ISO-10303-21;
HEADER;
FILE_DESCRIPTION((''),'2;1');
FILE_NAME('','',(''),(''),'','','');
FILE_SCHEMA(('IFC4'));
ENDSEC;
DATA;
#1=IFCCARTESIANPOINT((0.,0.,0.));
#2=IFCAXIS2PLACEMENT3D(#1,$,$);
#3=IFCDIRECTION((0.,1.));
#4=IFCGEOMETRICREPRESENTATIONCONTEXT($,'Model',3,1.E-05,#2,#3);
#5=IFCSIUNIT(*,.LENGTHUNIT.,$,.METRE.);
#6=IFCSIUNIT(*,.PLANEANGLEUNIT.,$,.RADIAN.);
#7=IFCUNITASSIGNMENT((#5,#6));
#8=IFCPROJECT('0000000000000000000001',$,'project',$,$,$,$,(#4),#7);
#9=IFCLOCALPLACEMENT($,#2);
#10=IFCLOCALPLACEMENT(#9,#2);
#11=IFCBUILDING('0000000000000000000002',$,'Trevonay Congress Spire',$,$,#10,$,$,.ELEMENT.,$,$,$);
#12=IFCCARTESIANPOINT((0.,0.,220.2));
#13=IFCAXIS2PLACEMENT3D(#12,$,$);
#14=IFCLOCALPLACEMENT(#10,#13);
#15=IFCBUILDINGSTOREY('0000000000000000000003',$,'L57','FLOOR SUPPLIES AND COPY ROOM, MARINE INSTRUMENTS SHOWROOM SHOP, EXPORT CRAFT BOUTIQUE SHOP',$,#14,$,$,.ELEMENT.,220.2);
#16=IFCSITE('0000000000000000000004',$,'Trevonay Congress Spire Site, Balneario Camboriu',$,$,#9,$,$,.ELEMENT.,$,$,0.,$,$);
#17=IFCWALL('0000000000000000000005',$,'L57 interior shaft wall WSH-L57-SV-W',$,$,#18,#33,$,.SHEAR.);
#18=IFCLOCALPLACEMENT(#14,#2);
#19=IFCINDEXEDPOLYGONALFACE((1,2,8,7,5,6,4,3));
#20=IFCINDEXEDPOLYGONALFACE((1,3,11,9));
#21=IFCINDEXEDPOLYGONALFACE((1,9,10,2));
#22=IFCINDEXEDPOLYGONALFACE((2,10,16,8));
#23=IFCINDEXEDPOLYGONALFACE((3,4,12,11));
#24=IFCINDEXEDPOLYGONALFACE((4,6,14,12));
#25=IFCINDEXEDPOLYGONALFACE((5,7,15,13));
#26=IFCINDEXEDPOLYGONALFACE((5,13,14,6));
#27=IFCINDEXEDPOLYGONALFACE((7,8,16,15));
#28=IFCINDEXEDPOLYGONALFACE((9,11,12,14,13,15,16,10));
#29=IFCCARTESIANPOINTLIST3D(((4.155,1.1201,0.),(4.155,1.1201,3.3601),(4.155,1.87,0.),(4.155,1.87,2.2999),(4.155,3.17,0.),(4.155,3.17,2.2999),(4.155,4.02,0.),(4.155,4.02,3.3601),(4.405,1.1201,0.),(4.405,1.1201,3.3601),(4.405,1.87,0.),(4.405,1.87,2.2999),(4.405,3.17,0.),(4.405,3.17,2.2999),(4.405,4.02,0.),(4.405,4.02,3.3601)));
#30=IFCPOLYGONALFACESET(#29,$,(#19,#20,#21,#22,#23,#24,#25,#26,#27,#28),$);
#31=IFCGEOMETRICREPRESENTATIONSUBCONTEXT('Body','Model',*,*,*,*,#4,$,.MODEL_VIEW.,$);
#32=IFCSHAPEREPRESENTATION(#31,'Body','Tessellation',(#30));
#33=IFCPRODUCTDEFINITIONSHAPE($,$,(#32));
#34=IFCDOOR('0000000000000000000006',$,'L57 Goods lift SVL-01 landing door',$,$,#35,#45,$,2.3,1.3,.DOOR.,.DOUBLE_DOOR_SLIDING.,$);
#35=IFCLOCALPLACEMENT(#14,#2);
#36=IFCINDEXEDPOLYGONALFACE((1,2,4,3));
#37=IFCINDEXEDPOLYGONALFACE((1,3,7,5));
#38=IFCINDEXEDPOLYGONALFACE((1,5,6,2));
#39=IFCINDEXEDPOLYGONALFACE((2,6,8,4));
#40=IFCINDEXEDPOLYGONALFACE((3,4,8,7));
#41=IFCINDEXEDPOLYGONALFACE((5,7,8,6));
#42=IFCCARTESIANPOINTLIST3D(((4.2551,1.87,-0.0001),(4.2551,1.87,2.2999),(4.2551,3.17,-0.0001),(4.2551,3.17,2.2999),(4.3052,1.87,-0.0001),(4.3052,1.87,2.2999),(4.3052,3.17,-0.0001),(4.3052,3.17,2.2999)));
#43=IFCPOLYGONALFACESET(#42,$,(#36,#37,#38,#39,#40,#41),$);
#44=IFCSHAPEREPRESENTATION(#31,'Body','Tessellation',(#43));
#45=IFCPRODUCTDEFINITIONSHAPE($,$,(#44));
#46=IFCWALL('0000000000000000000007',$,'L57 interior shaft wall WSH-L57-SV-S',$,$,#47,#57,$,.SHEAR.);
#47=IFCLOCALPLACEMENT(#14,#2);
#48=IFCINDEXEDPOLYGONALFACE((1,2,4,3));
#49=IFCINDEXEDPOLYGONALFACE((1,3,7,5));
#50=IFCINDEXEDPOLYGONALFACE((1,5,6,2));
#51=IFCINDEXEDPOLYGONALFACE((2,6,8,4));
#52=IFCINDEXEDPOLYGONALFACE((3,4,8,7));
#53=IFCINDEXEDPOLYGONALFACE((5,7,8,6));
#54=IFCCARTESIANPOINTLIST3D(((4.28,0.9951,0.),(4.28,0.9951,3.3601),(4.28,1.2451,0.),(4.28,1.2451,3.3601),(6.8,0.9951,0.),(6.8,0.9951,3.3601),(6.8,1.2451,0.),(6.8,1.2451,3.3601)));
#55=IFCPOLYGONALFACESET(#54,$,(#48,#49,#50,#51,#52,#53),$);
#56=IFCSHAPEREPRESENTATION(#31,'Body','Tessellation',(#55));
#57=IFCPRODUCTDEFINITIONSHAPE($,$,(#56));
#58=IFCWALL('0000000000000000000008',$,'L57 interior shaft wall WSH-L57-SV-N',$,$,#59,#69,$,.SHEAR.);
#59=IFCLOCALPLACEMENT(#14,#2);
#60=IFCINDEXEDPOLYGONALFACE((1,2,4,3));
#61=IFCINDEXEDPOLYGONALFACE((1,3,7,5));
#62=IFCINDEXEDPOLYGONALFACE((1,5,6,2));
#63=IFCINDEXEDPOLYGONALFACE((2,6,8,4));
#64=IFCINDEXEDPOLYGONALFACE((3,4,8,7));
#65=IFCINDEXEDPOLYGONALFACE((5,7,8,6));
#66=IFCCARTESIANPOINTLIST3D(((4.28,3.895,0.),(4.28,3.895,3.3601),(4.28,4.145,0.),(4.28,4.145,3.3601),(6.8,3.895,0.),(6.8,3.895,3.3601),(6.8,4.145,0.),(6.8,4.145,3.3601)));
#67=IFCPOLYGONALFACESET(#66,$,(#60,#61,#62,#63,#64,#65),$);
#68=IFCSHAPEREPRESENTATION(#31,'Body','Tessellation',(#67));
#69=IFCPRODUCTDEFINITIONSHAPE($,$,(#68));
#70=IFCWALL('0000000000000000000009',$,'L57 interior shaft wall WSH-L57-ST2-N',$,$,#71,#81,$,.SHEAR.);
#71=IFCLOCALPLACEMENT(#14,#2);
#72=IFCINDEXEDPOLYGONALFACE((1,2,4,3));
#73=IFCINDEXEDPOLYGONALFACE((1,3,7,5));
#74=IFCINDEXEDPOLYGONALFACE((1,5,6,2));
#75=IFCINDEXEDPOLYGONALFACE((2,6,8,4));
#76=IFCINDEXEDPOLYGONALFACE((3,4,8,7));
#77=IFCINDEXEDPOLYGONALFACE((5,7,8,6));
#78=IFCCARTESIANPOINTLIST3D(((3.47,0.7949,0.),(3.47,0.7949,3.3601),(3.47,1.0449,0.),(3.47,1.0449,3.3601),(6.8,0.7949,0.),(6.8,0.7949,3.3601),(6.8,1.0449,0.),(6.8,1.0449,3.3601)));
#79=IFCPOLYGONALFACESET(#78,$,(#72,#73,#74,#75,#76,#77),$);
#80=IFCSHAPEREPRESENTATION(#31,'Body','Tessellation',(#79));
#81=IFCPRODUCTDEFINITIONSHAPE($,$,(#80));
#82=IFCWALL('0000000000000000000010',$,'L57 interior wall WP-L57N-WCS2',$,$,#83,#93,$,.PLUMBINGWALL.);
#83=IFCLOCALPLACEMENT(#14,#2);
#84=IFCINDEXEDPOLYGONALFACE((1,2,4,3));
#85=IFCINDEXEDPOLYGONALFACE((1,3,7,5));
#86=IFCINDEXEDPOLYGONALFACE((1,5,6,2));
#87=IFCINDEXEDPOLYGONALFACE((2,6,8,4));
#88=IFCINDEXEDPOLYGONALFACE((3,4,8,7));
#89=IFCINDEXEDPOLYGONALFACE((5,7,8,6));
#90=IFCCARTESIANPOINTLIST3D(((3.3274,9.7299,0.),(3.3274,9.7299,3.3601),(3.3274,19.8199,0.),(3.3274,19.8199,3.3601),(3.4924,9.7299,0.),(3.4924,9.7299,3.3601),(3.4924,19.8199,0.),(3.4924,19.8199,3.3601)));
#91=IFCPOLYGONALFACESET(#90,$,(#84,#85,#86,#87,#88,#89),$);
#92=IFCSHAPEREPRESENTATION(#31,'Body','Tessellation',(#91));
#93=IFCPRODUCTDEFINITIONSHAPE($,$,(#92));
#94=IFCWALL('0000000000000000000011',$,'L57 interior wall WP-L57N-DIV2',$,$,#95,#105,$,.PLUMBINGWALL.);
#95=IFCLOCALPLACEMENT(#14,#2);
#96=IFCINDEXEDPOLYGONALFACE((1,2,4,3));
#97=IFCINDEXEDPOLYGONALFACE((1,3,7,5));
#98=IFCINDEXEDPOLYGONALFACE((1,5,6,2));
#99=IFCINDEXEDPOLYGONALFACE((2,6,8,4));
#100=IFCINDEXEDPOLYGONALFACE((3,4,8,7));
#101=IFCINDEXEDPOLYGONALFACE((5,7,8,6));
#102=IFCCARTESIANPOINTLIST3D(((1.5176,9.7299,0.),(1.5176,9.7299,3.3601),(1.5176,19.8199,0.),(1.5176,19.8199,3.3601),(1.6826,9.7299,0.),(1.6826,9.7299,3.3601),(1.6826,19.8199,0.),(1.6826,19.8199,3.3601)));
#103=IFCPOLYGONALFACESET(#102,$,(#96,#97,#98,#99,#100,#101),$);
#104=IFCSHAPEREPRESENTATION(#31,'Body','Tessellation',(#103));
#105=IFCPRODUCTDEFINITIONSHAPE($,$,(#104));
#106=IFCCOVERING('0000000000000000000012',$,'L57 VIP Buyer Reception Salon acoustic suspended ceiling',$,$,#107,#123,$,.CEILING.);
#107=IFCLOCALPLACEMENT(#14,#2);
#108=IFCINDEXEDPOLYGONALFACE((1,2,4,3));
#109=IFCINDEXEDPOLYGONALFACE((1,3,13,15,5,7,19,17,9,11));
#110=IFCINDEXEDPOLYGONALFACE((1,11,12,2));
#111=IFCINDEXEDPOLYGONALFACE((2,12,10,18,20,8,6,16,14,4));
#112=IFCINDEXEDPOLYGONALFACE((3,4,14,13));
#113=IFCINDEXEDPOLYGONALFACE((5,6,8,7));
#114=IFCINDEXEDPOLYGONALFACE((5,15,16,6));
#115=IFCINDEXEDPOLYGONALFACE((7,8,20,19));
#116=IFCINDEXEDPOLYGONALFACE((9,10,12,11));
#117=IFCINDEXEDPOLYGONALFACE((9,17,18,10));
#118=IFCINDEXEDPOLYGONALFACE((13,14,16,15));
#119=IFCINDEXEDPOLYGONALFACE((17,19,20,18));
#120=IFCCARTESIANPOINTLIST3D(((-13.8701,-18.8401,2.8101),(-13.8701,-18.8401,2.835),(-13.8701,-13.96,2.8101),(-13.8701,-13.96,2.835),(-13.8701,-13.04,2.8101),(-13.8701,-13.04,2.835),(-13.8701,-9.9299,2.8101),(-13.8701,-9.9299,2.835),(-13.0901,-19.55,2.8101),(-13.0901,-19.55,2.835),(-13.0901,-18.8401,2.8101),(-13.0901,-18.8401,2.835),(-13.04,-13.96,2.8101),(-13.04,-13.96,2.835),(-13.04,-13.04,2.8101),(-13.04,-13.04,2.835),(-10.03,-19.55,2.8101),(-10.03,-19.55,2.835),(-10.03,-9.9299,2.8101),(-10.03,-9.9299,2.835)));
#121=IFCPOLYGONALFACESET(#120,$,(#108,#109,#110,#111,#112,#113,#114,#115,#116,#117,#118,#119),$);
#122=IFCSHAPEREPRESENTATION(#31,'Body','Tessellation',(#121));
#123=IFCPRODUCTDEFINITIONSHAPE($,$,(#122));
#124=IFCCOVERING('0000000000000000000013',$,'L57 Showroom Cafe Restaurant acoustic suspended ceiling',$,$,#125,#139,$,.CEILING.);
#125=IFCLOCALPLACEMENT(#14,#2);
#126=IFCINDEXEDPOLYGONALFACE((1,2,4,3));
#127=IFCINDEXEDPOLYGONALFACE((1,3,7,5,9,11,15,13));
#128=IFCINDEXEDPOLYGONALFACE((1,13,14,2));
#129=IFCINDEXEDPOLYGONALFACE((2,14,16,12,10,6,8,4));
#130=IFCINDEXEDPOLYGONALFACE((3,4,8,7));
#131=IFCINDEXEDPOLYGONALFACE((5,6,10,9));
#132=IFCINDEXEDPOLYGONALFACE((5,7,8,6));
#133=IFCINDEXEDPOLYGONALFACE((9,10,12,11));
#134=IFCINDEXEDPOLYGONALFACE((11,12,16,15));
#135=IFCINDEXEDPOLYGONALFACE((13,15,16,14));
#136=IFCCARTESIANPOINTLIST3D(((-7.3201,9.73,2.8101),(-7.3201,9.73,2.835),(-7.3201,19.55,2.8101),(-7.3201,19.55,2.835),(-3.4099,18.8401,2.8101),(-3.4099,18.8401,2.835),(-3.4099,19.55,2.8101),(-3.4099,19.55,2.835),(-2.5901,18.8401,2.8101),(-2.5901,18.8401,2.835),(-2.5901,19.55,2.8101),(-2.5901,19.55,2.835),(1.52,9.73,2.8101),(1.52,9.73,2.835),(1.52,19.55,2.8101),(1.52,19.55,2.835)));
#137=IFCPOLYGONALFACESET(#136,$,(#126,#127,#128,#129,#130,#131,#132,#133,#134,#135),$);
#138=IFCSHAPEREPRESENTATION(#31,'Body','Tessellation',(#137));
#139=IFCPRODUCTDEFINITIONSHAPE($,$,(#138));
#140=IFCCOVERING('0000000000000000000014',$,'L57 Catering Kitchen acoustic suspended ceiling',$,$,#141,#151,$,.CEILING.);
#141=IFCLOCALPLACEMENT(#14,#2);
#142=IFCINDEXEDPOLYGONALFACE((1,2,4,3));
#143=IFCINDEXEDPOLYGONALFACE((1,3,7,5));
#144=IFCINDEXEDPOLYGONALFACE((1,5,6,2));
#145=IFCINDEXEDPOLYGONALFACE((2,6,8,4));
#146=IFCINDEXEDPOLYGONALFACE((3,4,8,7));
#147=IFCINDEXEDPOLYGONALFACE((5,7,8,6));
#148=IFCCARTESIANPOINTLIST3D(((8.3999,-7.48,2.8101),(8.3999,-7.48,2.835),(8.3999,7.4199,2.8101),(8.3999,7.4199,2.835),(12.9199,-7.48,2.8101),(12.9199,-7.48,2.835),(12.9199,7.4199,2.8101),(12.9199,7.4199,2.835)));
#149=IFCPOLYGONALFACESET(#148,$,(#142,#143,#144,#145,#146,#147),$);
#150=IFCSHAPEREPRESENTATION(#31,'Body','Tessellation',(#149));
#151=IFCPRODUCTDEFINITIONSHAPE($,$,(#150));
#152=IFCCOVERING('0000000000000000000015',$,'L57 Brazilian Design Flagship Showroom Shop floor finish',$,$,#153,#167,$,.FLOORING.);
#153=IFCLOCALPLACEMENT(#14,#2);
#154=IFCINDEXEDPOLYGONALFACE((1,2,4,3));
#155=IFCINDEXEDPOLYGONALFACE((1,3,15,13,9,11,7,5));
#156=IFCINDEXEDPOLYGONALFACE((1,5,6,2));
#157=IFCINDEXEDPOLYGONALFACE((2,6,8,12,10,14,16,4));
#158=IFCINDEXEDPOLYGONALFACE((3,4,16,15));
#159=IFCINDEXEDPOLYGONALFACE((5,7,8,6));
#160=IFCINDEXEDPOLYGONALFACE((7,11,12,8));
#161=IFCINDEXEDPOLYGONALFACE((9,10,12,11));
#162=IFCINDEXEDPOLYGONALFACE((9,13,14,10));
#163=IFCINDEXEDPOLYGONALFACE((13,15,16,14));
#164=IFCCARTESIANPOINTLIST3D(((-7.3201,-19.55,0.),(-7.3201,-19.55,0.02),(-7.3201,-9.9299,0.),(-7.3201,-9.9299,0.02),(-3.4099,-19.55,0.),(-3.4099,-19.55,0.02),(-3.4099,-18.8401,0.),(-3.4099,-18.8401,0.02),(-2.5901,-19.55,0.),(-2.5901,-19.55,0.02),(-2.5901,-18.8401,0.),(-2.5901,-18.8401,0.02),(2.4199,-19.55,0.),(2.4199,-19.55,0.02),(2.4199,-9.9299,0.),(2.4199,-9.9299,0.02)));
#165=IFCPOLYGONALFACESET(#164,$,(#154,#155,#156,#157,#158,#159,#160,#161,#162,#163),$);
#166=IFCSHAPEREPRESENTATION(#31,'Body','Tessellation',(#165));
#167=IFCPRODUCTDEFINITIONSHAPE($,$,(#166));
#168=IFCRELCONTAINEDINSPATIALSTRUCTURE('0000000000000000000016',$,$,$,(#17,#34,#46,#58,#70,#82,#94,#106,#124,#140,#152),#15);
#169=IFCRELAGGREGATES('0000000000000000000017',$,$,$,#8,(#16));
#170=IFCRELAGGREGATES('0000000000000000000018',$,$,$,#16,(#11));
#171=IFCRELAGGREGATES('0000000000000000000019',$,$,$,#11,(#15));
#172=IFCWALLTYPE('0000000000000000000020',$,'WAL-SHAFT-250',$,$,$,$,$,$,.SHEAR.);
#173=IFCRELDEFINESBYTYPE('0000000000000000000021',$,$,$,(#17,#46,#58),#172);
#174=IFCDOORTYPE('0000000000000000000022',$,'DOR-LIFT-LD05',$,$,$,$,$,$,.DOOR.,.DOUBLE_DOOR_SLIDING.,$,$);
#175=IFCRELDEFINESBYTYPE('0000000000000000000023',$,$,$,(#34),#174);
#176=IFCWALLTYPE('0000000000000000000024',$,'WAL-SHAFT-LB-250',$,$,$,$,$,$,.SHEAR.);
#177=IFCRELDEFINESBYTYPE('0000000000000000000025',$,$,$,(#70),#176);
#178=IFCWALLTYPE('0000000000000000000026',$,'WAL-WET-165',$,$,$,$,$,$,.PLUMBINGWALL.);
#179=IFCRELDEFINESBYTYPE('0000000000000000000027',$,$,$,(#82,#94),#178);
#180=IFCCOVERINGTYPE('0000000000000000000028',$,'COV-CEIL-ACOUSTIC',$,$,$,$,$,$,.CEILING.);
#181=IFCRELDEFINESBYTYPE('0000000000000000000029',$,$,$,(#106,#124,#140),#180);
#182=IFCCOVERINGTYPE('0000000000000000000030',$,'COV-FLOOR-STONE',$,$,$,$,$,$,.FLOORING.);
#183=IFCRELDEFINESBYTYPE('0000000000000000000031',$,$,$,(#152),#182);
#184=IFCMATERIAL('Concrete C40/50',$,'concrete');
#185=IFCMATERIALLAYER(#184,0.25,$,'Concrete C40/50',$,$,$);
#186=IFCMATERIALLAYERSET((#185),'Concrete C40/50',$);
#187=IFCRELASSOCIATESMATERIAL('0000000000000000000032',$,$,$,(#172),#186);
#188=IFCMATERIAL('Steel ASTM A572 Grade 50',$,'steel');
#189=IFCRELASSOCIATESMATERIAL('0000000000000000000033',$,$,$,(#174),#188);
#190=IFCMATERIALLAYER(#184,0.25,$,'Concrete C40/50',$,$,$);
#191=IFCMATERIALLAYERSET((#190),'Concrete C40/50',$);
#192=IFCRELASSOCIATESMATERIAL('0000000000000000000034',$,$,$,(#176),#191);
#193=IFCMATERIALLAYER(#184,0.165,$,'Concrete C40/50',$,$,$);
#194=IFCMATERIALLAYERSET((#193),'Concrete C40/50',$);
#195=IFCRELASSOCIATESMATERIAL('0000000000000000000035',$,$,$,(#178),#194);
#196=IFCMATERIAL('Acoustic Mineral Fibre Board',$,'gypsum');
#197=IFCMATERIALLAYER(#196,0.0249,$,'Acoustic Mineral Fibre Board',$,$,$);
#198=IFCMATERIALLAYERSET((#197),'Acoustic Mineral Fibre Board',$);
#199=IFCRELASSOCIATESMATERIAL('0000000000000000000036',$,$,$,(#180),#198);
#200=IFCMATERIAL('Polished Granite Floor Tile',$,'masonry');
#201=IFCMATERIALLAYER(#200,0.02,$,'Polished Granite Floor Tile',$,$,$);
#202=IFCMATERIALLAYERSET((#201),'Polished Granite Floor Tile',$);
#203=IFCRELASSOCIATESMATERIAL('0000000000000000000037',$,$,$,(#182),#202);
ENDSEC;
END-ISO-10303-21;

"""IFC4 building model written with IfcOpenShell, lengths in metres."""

from ifc_helpers import new_model, si_unit, direction, frame, frame_2d, origin, place, context, subcontext, project, spatial, polyline, rectangle, outline, extrude, material, layer, layer_set, type_object, element, fill, save


model = new_model("IFC4")

# Units and contexts
model_context = context("Model", 3, precision=1e-05, world=origin(), true_north=direction((0.0, 1.0)))
body_context = subcontext(model_context, "Body", "Model", "MODEL_VIEW")
ifc_project = project(units=[si_unit("LENGTHUNIT", "METRE"), si_unit("PLANEANGLEUNIT", "RADIAN")], contexts=[model_context])

# Site, building, storey
site_placement = place(None, origin())
site = spatial("IfcSite", under=ifc_project, at=site_placement, Name="Trevonay Congress Spire Site, Balneario Camboriu", CompositionType="ELEMENT", RefElevation=0.0)
building_placement = place(site_placement, origin())
building = spatial("IfcBuilding", under=site, at=building_placement, Name="Trevonay Congress Spire", CompositionType="ELEMENT")
storey_placement = place(building_placement, frame((0.0, 0.0, 220.2)))
storey = spatial("IfcBuildingStorey", under=building, at=storey_placement, Name="L57", Description="FLOOR SUPPLIES AND COPY ROOM, MARINE INSTRUMENTS SHOWROOM SHOP, EXPORT CRAFT BOUTIQUE SHOP", CompositionType="ELEMENT", Elevation=220.2)

# Shared definitions
ifc_material_1 = material(Name="Steel ASTM A572 Grade 50", Category="steel")

# Shared definitions
ifc_material_2 = material(Name="Concrete C40/50", Category="concrete")
ifc_layer_1 = layer(ifc_material_2, 0.25, Name="Concrete C40/50")
ifc_layer_set_1 = layer_set([ifc_layer_1], Name="Concrete C40/50")
wall_type_1 = type_object("IfcWallType", Name="WAL-SHAFT-250", PredefinedType="SHEAR", material=ifc_layer_set_1)

# Wall, opening, door
wall_1_placement = place(storey_placement, frame((4.28, 1.1201, 0.0), z_axis=(0.0, 0.0, 1.0), x_axis=(0.0, 1.0, 0.0)))
wall_1 = element("IfcWall", 1, at=wall_1_placement, inside=storey, type_object=wall_type_1, Name="L57 interior shaft wall WSH-L57-SV-W", PredefinedType="SHEAR", context=body_context, shape_type="SweptSolid", body=[
    extrude(rectangle(XDim=2.8999, YDim=0.25, at=frame_2d((1.45, 0.0))), origin(), (0.0, 0.0, 1.0), 3.3601),
])
opening_1_placement = place(wall_1_placement, frame((0.75, 0.0, 0.0)))
opening_1 = element("IfcOpeningElement", 2, at=opening_1_placement, cuts=wall_1, PredefinedType="OPENING", context=body_context, shape_type="SweptSolid", body=[
    extrude(rectangle(XDim=1.3, YDim=2.3, at=frame_2d((0.6499, 1.1499))), frame((0.0, 0.135, 0.0), z_axis=(0.0, -1.0, 0.0), x_axis=(1.0, 0.0, 0.0)), (0.0, 0.0, 1.0), 0.27),
])
door_type_1 = type_object("IfcDoorType", Name="DOR-LIFT-LD05", OperationType="DOUBLE_DOOR_SLIDING", PredefinedType="DOOR", material=ifc_material_1)
door_1_placement = place(opening_1_placement, origin())
door_1 = element("IfcDoor", 3, at=door_1_placement, inside=storey, type_object=door_type_1, Name="L57 Goods lift SVL-01 landing door", OperationType="DOUBLE_DOOR_SLIDING", OverallHeight=2.3, OverallWidth=1.3, PredefinedType="DOOR", context=body_context, shape_type="SweptSolid", body=[
    extrude(rectangle(XDim=1.3, YDim=2.3, at=frame_2d((0.6499, 1.1499))), frame((0.0, 0.0249, 0.0), z_axis=(0.0, -1.0, 0.0), x_axis=(1.0, 0.0, 0.0)), (0.0, 0.0, 1.0), 0.05),
])
fill(opening_1, door_1)

# Walls
for number, where, z_axis, x_axis, name in (
    (4, (4.28, 1.1201, 0.0), (0.0, 0.0, 1.0), (1.0, 0.0, 0.0), "L57 interior shaft wall WSH-L57-SV-S"),
    (5, (4.28, 4.02, 0.0), (0.0, 0.0, 1.0), (1.0, 0.0, 0.0), "L57 interior shaft wall WSH-L57-SV-N"),
):
    element("IfcWall", number, at=place(storey_placement, frame(where, z_axis=z_axis, x_axis=x_axis)), inside=storey, type_object=wall_type_1, Name=name, PredefinedType="SHEAR", context=body_context, shape_type="SweptSolid", body=[
        extrude(rectangle(XDim=2.52, YDim=0.25, at=frame_2d((1.26, 0.0))), origin(), (0.0, 0.0, 1.0), 3.3601),
    ])
ifc_layer_2 = layer(ifc_material_2, 0.25, Name="Concrete C40/50")
ifc_layer_set_2 = layer_set([ifc_layer_2], Name="Concrete C40/50")
wall_type_2 = type_object("IfcWallType", Name="WAL-SHAFT-LB-250", PredefinedType="SHEAR", material=ifc_layer_set_2)
wall_2_placement = place(storey_placement, frame((3.47, 0.9199, 0.0), z_axis=(0.0, 0.0, 1.0), x_axis=(1.0, 0.0, 0.0)))
element("IfcWall", 6, at=wall_2_placement, inside=storey, type_object=wall_type_2, Name="L57 interior shaft wall WSH-L57-ST2-N", PredefinedType="SHEAR", context=body_context, shape_type="SweptSolid", body=[
    extrude(rectangle(XDim=3.3301, YDim=0.25, at=frame_2d((1.665, 0.0))), origin(), (0.0, 0.0, 1.0), 3.3601),
])
ifc_layer_3 = layer(ifc_material_2, 0.165, Name="Concrete C40/50")
ifc_layer_set_3 = layer_set([ifc_layer_3], Name="Concrete C40/50")
wall_type_3 = type_object("IfcWallType", Name="WAL-WET-165", PredefinedType="PLUMBINGWALL", material=ifc_layer_set_3)
for number, where, z_axis, x_axis, name in (
    (7, (3.4099, 9.73, 0.0), (0.0, 0.0, 1.0), (0.0, 1.0, 0.0), "L57 interior wall WP-L57N-WCS2"),
    (8, (1.6001, 9.73, 0.0), (0.0, 0.0, 1.0), (0.0, 1.0, 0.0), "L57 interior wall WP-L57N-DIV2"),
):
    element("IfcWall", number, at=place(storey_placement, frame(where, z_axis=z_axis, x_axis=x_axis)), inside=storey, type_object=wall_type_3, Name=name, PredefinedType="PLUMBINGWALL", context=body_context, shape_type="SweptSolid", body=[
        extrude(rectangle(XDim=10.0901, YDim=0.165, at=frame_2d((5.0449, 0.0))), origin(), (0.0, 0.0, 1.0), 3.3601),
    ])

# Coverings
ifc_material_3 = material(Name="Acoustic Mineral Fibre Board", Category="gypsum")
ifc_layer_4 = layer(ifc_material_3, 0.0249, Name="Acoustic Mineral Fibre Board")
ifc_layer_set_4 = layer_set([ifc_layer_4], Name="Acoustic Mineral Fibre Board")
covering_type_1 = type_object("IfcCoveringType", Name="COV-CEIL-ACOUSTIC", PredefinedType="CEILING", material=ifc_layer_set_4)
covering_1_placement = place(storey_placement, frame((0.0, 0.0, 2.8101)))
element("IfcCovering", 9, at=covering_1_placement, inside=storey, type_object=covering_type_1, Name="L57 VIP Buyer Reception Salon acoustic suspended ceiling", PredefinedType="CEILING", context=body_context, shape_type="SweptSolid", body=[
    extrude(outline(polyline([(-13.8701, -9.9299), (-10.03, -9.9299), (-10.03, -19.55), (-13.0901, -19.55), (-13.0901, -18.8401), (-13.8701, -18.8401), (-13.8701, -13.96), (-13.04, -13.96), (-13.04, -13.04), (-13.8701, -13.04), (-13.8701, -9.9299)])), origin(), (0.0, 0.0, 1.0), 0.0249),
])
covering_2_placement = place(storey_placement, frame((0.0, 0.0, 2.8101)))
element("IfcCovering", 10, at=covering_2_placement, inside=storey, type_object=covering_type_1, Name="L57 Showroom Cafe Restaurant acoustic suspended ceiling", PredefinedType="CEILING", context=body_context, shape_type="SweptSolid", body=[
    extrude(outline(polyline([(1.52, 19.55), (1.52, 9.73), (-7.3201, 9.73), (-7.3201, 19.55), (-3.4099, 19.55), (-3.4099, 18.8401), (-2.5901, 18.8401), (-2.5901, 19.55), (1.52, 19.55)])), origin(), (0.0, 0.0, 1.0), 0.0249),
])
covering_3_placement = place(storey_placement, frame((0.0, 0.0, 2.8101)))
element("IfcCovering", 11, at=covering_3_placement, inside=storey, type_object=covering_type_1, Name="L57 Catering Kitchen acoustic suspended ceiling", PredefinedType="CEILING", context=body_context, shape_type="SweptSolid", body=[
    extrude(outline(polyline([(8.3999, -7.48), (12.9199, -7.48), (12.9199, 7.4199), (8.3999, 7.4199), (8.3999, -7.48)])), origin(), (0.0, 0.0, 1.0), 0.0249),
])
ifc_material_4 = material(Name="Polished Granite Floor Tile", Category="masonry")
ifc_layer_5 = layer(ifc_material_4, 0.02, Name="Polished Granite Floor Tile")
ifc_layer_set_5 = layer_set([ifc_layer_5], Name="Polished Granite Floor Tile")
covering_type_2 = type_object("IfcCoveringType", Name="COV-FLOOR-STONE", PredefinedType="FLOORING", material=ifc_layer_set_5)
covering_4_placement = place(storey_placement, origin())
element("IfcCovering", 12, at=covering_4_placement, inside=storey, type_object=covering_type_2, Name="L57 Brazilian Design Flagship Showroom Shop floor finish", PredefinedType="FLOORING", context=body_context, shape_type="SweptSolid", body=[
    extrude(outline(polyline([(-7.3201, -19.55), (-7.3201, -9.9299), (2.4199, -9.9299), (2.4199, -19.55), (-2.5901, -19.55), (-2.5901, -18.8401), (-3.4099, -18.8401), (-3.4099, -19.55), (-7.3201, -19.55)])), origin(), (0.0, 0.0, 1.0), 0.02),
])

save(model, "model.ifc")
